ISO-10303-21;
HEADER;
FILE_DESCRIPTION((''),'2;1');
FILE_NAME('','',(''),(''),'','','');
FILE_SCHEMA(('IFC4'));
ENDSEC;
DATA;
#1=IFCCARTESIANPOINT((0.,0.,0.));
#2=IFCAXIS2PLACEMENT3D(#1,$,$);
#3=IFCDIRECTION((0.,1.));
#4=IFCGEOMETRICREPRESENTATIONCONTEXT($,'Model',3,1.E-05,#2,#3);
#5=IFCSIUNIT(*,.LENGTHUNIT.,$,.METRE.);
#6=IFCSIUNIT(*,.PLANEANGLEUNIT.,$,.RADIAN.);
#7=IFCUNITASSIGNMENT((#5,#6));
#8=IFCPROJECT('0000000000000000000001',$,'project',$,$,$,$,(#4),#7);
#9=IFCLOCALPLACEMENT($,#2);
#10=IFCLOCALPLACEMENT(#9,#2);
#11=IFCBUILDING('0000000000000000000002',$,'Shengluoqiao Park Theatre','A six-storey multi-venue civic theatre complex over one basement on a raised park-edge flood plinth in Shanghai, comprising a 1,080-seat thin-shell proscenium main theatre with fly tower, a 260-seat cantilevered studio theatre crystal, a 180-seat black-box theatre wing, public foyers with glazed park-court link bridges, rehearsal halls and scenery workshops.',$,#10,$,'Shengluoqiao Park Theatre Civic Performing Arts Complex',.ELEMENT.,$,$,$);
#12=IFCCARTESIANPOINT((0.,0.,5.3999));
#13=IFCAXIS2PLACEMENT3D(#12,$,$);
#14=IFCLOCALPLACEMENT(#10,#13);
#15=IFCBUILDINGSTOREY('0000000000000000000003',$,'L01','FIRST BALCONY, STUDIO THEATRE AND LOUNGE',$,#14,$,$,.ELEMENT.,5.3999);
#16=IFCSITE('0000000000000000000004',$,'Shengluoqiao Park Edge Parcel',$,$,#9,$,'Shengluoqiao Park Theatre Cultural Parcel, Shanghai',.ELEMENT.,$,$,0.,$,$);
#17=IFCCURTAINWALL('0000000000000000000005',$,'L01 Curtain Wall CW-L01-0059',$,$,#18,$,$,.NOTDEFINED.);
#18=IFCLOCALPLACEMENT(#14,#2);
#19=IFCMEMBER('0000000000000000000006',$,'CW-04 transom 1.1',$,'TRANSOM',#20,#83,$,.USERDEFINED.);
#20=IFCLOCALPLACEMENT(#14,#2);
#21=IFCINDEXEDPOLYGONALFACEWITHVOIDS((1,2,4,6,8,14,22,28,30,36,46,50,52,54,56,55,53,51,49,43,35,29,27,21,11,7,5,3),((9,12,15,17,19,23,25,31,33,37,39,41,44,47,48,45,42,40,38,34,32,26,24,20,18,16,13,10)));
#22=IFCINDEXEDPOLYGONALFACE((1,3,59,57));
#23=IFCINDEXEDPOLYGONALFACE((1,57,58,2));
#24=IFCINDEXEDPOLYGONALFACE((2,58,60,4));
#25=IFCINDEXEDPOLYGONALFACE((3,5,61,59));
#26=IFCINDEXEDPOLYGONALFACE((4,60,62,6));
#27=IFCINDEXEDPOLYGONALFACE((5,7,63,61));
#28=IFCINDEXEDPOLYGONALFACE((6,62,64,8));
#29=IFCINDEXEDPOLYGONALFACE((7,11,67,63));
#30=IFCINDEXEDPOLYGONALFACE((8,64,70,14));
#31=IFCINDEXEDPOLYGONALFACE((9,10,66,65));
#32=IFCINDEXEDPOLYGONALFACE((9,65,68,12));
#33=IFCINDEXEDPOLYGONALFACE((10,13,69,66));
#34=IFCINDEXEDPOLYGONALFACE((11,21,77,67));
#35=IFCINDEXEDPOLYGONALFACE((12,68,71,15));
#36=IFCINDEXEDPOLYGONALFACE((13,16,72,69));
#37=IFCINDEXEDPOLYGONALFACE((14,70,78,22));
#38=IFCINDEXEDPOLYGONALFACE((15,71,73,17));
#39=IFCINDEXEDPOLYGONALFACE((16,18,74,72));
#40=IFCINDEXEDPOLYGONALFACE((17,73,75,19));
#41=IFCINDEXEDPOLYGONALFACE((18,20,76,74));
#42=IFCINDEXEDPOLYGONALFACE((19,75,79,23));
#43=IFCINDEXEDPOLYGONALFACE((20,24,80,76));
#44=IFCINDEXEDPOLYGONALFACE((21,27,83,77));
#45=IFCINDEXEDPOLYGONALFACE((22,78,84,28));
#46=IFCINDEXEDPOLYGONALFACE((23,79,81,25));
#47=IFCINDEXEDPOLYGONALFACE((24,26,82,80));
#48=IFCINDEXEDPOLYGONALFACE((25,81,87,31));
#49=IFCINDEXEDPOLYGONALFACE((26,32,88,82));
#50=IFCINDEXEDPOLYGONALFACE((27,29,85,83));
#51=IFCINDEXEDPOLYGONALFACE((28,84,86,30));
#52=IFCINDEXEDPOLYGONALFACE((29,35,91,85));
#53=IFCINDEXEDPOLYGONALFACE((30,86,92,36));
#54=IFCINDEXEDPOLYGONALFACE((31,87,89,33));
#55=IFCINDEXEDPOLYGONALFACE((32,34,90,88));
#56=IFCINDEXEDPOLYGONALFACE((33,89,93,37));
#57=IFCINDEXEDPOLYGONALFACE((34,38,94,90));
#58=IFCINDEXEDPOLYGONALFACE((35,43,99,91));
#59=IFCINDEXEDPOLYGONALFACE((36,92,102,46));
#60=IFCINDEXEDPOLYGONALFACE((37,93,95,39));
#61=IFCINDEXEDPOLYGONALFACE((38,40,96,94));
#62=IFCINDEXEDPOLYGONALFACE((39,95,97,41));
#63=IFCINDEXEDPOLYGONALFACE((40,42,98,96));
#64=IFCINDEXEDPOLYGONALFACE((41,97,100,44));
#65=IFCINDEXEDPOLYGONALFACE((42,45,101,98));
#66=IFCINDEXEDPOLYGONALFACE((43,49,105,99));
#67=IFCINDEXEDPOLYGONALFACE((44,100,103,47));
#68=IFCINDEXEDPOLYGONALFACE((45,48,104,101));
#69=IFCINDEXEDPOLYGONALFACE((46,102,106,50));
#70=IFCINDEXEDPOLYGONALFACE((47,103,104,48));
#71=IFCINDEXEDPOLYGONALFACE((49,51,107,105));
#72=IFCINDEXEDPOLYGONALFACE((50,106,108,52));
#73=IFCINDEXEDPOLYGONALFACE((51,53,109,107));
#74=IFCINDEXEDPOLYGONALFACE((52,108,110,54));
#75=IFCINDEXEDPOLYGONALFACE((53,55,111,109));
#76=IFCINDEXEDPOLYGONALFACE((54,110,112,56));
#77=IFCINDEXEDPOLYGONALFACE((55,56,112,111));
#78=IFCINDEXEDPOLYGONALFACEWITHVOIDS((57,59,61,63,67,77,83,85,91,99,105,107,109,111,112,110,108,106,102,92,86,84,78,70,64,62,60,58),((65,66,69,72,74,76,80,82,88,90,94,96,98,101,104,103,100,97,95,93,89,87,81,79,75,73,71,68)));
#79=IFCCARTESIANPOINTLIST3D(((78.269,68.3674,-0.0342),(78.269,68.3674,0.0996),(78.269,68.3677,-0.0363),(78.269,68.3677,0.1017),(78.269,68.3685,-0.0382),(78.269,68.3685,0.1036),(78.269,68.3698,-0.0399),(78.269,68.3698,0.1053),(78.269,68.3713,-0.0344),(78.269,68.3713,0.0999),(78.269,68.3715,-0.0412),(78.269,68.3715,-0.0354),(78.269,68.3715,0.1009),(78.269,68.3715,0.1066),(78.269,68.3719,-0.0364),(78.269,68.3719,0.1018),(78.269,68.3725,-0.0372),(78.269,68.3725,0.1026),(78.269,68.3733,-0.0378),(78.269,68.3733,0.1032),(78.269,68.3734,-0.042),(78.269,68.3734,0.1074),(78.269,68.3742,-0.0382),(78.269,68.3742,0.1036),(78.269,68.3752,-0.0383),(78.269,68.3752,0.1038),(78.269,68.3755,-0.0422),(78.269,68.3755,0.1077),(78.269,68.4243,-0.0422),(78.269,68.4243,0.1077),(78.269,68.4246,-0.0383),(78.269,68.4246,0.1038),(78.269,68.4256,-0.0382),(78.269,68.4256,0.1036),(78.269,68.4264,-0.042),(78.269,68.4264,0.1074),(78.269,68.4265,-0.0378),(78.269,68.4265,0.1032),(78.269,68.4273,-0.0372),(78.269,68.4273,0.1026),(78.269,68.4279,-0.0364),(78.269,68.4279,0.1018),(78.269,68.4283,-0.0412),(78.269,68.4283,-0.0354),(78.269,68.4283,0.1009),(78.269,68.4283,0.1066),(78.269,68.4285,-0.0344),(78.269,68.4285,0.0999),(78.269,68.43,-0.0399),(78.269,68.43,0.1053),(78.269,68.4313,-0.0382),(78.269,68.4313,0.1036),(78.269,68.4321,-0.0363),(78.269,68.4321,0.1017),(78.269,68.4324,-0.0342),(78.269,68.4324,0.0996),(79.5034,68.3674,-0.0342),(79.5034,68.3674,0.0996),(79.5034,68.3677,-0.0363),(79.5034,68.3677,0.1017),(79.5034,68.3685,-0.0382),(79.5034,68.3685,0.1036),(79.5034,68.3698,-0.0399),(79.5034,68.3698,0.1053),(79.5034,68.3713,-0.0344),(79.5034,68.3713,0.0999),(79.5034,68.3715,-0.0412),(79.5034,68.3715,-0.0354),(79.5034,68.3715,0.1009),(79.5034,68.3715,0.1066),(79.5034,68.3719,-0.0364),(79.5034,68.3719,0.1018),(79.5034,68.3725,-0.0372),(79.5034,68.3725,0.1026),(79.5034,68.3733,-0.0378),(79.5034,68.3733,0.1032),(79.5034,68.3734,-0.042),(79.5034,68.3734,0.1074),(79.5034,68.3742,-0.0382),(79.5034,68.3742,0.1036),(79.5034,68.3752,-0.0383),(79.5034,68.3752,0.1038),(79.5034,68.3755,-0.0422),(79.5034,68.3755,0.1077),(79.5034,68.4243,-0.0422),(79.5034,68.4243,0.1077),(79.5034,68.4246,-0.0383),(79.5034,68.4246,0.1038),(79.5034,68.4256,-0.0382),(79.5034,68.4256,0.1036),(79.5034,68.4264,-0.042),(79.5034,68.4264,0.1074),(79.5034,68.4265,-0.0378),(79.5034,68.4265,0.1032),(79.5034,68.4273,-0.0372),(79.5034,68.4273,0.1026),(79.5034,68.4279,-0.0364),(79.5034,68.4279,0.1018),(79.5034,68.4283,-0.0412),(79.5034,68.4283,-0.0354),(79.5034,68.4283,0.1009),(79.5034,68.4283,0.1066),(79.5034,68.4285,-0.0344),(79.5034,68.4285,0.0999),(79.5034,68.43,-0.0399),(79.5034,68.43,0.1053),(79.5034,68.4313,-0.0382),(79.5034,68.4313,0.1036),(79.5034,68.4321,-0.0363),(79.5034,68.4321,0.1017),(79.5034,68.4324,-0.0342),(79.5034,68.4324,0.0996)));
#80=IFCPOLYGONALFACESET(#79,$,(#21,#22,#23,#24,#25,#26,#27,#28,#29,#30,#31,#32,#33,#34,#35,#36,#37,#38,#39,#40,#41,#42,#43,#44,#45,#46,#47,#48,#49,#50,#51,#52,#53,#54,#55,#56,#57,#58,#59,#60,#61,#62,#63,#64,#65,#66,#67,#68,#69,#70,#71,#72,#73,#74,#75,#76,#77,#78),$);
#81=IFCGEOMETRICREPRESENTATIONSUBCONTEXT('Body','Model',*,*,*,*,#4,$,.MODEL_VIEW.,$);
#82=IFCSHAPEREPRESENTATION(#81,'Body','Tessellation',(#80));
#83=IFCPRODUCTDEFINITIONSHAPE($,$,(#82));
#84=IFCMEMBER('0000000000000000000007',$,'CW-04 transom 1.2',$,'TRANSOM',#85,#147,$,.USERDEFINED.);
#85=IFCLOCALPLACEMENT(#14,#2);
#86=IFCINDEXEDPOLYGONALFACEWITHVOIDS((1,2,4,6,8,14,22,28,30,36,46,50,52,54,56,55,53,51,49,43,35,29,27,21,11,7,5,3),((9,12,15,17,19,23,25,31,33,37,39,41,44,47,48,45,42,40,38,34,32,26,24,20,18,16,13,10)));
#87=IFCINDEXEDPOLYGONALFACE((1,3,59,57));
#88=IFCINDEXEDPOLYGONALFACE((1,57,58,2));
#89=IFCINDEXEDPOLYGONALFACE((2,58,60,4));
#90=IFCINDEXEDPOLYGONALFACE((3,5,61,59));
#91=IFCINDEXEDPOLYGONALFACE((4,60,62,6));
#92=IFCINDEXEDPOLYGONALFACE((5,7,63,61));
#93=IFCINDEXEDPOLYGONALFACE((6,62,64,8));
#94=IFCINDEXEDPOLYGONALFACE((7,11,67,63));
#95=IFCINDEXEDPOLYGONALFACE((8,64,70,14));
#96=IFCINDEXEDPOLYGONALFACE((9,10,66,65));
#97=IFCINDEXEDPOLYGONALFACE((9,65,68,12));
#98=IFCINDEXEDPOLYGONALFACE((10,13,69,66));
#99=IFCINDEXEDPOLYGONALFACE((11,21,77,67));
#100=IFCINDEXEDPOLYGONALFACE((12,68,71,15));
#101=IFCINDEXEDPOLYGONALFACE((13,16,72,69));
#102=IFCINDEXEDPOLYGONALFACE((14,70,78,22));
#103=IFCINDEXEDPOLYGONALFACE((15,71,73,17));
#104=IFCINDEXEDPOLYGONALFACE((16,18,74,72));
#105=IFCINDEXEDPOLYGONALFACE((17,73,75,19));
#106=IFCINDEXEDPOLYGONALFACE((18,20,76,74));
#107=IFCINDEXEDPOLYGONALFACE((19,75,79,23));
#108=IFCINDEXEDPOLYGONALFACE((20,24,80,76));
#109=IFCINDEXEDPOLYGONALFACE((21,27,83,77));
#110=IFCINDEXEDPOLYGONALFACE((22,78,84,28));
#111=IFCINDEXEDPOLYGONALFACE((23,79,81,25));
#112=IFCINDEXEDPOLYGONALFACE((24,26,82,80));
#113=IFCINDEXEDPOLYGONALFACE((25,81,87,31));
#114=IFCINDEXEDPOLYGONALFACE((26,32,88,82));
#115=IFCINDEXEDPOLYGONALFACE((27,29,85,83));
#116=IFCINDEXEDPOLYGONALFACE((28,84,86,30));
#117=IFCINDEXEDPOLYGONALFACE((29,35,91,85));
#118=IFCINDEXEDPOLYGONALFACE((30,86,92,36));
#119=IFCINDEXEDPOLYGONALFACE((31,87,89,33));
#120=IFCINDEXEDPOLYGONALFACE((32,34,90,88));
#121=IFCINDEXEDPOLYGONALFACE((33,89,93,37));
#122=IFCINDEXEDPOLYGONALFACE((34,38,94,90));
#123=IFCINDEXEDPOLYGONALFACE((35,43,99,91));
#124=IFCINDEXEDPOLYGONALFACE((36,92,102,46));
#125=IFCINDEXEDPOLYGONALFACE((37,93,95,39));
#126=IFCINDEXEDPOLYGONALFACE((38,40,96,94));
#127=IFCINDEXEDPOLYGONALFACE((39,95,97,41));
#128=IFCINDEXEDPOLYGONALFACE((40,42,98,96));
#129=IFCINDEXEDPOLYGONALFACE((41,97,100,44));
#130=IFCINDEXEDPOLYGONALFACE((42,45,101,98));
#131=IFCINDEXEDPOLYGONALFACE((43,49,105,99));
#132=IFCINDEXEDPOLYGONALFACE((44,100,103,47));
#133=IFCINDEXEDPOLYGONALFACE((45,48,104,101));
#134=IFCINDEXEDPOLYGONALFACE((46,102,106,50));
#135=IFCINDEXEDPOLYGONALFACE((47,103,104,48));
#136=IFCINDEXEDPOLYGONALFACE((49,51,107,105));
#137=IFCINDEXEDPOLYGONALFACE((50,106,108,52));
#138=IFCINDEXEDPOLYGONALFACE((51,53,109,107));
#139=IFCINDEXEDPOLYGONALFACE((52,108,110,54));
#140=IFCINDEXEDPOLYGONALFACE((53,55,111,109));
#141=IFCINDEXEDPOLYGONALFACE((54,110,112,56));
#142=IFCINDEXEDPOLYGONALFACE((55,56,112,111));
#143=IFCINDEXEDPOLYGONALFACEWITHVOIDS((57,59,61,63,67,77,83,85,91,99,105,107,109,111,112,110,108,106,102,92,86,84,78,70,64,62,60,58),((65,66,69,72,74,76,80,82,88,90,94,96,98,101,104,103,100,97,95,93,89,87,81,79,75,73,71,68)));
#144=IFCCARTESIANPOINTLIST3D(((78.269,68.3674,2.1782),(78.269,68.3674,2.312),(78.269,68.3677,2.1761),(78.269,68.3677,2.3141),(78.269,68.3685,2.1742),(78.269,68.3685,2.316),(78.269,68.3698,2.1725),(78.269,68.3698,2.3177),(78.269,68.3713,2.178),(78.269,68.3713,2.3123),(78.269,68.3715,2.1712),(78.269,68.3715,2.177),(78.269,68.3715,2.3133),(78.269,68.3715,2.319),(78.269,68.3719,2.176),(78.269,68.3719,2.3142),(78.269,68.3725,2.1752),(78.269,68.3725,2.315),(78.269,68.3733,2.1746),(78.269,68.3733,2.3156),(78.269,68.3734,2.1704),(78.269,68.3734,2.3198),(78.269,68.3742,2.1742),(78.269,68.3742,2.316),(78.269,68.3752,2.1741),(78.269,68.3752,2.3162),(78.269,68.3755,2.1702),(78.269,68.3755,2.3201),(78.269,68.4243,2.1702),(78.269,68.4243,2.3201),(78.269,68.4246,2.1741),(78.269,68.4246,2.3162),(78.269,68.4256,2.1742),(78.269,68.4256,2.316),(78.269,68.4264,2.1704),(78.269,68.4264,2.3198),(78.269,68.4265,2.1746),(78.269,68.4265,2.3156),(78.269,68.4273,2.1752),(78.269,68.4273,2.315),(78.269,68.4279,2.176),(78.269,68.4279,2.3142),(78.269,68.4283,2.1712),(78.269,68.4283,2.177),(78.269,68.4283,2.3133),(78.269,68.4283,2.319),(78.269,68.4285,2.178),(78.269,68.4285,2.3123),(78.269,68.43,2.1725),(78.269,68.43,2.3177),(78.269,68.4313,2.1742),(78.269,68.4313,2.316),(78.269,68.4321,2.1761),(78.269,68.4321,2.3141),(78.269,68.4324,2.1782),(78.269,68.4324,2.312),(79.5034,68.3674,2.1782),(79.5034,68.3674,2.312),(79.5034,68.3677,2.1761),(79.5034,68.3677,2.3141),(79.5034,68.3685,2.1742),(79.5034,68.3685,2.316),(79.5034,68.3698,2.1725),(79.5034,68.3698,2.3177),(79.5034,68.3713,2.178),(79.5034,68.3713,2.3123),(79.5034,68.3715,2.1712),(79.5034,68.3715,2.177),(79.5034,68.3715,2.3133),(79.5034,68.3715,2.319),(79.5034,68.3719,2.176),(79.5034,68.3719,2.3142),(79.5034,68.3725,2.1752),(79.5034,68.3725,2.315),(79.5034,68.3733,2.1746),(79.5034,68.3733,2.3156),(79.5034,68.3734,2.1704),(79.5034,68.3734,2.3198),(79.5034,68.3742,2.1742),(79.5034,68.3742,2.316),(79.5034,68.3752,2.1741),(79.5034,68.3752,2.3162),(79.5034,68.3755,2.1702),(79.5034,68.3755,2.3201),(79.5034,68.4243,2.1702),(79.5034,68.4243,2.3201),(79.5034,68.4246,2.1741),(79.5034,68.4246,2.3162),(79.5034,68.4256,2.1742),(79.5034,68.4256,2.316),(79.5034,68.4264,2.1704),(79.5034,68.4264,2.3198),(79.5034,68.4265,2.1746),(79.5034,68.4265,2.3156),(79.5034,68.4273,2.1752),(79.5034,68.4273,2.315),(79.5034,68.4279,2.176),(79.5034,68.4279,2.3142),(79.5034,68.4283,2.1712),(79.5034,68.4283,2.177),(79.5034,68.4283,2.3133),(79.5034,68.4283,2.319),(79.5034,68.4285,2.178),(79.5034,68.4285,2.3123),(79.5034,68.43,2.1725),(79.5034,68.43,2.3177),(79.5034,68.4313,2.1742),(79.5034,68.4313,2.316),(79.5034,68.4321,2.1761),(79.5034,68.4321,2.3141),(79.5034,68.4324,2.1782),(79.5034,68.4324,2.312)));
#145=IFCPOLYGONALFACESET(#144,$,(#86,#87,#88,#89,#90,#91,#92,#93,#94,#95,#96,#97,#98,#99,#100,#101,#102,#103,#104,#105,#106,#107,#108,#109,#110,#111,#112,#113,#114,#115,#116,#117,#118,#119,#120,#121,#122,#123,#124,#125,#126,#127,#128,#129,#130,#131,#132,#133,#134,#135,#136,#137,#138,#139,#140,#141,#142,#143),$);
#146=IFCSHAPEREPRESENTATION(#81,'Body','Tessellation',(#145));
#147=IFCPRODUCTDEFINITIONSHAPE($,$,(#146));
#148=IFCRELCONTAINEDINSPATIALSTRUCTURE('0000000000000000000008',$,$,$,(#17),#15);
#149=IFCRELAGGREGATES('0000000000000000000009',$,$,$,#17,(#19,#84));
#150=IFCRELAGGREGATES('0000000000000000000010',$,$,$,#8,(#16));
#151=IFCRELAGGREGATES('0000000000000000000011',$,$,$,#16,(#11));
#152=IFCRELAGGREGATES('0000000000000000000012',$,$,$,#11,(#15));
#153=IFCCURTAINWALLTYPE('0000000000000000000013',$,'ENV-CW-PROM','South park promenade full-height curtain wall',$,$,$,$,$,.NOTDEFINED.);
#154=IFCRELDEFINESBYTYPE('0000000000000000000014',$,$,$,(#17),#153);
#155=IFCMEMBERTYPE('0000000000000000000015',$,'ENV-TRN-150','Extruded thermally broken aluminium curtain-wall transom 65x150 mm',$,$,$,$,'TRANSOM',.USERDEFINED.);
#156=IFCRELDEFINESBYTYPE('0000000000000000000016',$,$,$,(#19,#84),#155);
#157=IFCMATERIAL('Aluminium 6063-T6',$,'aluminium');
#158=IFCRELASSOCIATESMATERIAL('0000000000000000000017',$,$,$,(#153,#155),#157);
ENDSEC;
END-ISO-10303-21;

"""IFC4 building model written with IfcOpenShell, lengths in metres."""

from ifc_helpers import new_model, si_unit, direction, frame, origin, origin_2d, place, context, subcontext, project, spatial, hollow_rectangle, extrude, material, material_profile, profile_set, type_object, element, aggregate, save


model = new_model("IFC4")

# Units and contexts
model_context = context("Model", 3, precision=1e-05, world=origin(), true_north=direction((0.0, 1.0)))
body_context = subcontext(model_context, "Body", "Model", "MODEL_VIEW")
ifc_project = project(units=[si_unit("LENGTHUNIT", "METRE"), si_unit("PLANEANGLEUNIT", "RADIAN")], contexts=[model_context])

# Site, building, storey
site_placement = place(None, origin())
site = spatial("IfcSite", under=ifc_project, at=site_placement, Name="Shengluoqiao Park Edge Parcel", LongName="Shengluoqiao Park Theatre Cultural Parcel, Shanghai", CompositionType="ELEMENT", RefElevation=0.0)
building_placement = place(site_placement, origin())
building = spatial("IfcBuilding", under=site, at=building_placement, Name="Shengluoqiao Park Theatre", Description="A six-storey multi-venue civic theatre complex over one basement on a raised park-edge flood plinth in Shanghai, comprising a 1,080-seat thin-shell proscenium main theatre with fly tower, a 260-seat cantilevered studio theatre crystal, a 180-seat black-box theatre wing, public foyers with glazed park-court link bridges, rehearsal halls and scenery workshops.", LongName="Shengluoqiao Park Theatre Civic Performing Arts Complex", CompositionType="ELEMENT")
storey_placement = place(building_placement, frame((0.0, 0.0, 5.3999)))
storey = spatial("IfcBuildingStorey", under=building, at=storey_placement, Name="L01", Description="FIRST BALCONY, STUDIO THEATRE AND LOUNGE", CompositionType="ELEMENT", Elevation=5.3999)

# Curtain wall
ifc_material_1 = material(Name="Aluminium 6063-T6", Category="aluminium")
curtain_wall_type = type_object("IfcCurtainWallType", Name="ENV-CW-PROM", Description="South park promenade full-height curtain wall", PredefinedType="NOTDEFINED", material=ifc_material_1)
curtain_wall_1_placement = place(storey_placement, origin())
curtain_wall_1 = element("IfcCurtainWall", 1, at=curtain_wall_1_placement, inside=storey, type_object=curtain_wall_type, Name="L01 Curtain Wall CW-L01-0059", PredefinedType="NOTDEFINED")

# Members
ifc_material_profile_1 = material_profile(ifc_material_1, hollow_rectangle(XDim=0.0649, YDim=0.1499, WallThickness=0.0039, InnerFilletRadius=0.0039, OuterFilletRadius=0.0081, at=origin_2d()), Name="ALU TRANSOM 150x65x4")
ifc_profile_set_1 = profile_set([ifc_material_profile_1], Name="Aluminium 6063-T6")
member_type_1 = type_object("IfcMemberType", Name="ENV-TRN-150", Description="Extruded thermally broken aluminium curtain-wall transom 65x150 mm", ElementType="TRANSOM", PredefinedType="USERDEFINED", material=ifc_profile_set_1)
member_1_placement = place(storey_placement, frame((78.269, 68.3999, 0.0327), z_axis=(1.0, 0.0, 0.0), x_axis=(0.0, 1.0, 0.0)))
member_1 = element("IfcMember", 2, at=member_1_placement, type_object=member_type_1, Name="CW-04 transom 1.1", ObjectType="TRANSOM", PredefinedType="USERDEFINED", context=body_context, shape_type="SweptSolid", body=[
    extrude(hollow_rectangle(XDim=0.0649, YDim=0.1499, WallThickness=0.0039, InnerFilletRadius=0.0039, OuterFilletRadius=0.0081, at=origin_2d()), origin(), (0.0, 0.0, 1.0), 1.2344),
])
member_2_placement = place(storey_placement, frame((78.269, 68.3999, 2.2451), z_axis=(1.0, 0.0, 0.0), x_axis=(0.0, 1.0, 0.0)))
member_2 = element("IfcMember", 3, at=member_2_placement, type_object=member_type_1, Name="CW-04 transom 1.2", ObjectType="TRANSOM", PredefinedType="USERDEFINED", context=body_context, shape_type="SweptSolid", body=[
    extrude(hollow_rectangle(XDim=0.0649, YDim=0.1499, WallThickness=0.0039, InnerFilletRadius=0.0039, OuterFilletRadius=0.0081, at=origin_2d()), origin(), (0.0, 0.0, 1.0), 1.2344),
])

aggregate(curtain_wall_1, [member_1, member_2])

save(model, "model.ifc")
